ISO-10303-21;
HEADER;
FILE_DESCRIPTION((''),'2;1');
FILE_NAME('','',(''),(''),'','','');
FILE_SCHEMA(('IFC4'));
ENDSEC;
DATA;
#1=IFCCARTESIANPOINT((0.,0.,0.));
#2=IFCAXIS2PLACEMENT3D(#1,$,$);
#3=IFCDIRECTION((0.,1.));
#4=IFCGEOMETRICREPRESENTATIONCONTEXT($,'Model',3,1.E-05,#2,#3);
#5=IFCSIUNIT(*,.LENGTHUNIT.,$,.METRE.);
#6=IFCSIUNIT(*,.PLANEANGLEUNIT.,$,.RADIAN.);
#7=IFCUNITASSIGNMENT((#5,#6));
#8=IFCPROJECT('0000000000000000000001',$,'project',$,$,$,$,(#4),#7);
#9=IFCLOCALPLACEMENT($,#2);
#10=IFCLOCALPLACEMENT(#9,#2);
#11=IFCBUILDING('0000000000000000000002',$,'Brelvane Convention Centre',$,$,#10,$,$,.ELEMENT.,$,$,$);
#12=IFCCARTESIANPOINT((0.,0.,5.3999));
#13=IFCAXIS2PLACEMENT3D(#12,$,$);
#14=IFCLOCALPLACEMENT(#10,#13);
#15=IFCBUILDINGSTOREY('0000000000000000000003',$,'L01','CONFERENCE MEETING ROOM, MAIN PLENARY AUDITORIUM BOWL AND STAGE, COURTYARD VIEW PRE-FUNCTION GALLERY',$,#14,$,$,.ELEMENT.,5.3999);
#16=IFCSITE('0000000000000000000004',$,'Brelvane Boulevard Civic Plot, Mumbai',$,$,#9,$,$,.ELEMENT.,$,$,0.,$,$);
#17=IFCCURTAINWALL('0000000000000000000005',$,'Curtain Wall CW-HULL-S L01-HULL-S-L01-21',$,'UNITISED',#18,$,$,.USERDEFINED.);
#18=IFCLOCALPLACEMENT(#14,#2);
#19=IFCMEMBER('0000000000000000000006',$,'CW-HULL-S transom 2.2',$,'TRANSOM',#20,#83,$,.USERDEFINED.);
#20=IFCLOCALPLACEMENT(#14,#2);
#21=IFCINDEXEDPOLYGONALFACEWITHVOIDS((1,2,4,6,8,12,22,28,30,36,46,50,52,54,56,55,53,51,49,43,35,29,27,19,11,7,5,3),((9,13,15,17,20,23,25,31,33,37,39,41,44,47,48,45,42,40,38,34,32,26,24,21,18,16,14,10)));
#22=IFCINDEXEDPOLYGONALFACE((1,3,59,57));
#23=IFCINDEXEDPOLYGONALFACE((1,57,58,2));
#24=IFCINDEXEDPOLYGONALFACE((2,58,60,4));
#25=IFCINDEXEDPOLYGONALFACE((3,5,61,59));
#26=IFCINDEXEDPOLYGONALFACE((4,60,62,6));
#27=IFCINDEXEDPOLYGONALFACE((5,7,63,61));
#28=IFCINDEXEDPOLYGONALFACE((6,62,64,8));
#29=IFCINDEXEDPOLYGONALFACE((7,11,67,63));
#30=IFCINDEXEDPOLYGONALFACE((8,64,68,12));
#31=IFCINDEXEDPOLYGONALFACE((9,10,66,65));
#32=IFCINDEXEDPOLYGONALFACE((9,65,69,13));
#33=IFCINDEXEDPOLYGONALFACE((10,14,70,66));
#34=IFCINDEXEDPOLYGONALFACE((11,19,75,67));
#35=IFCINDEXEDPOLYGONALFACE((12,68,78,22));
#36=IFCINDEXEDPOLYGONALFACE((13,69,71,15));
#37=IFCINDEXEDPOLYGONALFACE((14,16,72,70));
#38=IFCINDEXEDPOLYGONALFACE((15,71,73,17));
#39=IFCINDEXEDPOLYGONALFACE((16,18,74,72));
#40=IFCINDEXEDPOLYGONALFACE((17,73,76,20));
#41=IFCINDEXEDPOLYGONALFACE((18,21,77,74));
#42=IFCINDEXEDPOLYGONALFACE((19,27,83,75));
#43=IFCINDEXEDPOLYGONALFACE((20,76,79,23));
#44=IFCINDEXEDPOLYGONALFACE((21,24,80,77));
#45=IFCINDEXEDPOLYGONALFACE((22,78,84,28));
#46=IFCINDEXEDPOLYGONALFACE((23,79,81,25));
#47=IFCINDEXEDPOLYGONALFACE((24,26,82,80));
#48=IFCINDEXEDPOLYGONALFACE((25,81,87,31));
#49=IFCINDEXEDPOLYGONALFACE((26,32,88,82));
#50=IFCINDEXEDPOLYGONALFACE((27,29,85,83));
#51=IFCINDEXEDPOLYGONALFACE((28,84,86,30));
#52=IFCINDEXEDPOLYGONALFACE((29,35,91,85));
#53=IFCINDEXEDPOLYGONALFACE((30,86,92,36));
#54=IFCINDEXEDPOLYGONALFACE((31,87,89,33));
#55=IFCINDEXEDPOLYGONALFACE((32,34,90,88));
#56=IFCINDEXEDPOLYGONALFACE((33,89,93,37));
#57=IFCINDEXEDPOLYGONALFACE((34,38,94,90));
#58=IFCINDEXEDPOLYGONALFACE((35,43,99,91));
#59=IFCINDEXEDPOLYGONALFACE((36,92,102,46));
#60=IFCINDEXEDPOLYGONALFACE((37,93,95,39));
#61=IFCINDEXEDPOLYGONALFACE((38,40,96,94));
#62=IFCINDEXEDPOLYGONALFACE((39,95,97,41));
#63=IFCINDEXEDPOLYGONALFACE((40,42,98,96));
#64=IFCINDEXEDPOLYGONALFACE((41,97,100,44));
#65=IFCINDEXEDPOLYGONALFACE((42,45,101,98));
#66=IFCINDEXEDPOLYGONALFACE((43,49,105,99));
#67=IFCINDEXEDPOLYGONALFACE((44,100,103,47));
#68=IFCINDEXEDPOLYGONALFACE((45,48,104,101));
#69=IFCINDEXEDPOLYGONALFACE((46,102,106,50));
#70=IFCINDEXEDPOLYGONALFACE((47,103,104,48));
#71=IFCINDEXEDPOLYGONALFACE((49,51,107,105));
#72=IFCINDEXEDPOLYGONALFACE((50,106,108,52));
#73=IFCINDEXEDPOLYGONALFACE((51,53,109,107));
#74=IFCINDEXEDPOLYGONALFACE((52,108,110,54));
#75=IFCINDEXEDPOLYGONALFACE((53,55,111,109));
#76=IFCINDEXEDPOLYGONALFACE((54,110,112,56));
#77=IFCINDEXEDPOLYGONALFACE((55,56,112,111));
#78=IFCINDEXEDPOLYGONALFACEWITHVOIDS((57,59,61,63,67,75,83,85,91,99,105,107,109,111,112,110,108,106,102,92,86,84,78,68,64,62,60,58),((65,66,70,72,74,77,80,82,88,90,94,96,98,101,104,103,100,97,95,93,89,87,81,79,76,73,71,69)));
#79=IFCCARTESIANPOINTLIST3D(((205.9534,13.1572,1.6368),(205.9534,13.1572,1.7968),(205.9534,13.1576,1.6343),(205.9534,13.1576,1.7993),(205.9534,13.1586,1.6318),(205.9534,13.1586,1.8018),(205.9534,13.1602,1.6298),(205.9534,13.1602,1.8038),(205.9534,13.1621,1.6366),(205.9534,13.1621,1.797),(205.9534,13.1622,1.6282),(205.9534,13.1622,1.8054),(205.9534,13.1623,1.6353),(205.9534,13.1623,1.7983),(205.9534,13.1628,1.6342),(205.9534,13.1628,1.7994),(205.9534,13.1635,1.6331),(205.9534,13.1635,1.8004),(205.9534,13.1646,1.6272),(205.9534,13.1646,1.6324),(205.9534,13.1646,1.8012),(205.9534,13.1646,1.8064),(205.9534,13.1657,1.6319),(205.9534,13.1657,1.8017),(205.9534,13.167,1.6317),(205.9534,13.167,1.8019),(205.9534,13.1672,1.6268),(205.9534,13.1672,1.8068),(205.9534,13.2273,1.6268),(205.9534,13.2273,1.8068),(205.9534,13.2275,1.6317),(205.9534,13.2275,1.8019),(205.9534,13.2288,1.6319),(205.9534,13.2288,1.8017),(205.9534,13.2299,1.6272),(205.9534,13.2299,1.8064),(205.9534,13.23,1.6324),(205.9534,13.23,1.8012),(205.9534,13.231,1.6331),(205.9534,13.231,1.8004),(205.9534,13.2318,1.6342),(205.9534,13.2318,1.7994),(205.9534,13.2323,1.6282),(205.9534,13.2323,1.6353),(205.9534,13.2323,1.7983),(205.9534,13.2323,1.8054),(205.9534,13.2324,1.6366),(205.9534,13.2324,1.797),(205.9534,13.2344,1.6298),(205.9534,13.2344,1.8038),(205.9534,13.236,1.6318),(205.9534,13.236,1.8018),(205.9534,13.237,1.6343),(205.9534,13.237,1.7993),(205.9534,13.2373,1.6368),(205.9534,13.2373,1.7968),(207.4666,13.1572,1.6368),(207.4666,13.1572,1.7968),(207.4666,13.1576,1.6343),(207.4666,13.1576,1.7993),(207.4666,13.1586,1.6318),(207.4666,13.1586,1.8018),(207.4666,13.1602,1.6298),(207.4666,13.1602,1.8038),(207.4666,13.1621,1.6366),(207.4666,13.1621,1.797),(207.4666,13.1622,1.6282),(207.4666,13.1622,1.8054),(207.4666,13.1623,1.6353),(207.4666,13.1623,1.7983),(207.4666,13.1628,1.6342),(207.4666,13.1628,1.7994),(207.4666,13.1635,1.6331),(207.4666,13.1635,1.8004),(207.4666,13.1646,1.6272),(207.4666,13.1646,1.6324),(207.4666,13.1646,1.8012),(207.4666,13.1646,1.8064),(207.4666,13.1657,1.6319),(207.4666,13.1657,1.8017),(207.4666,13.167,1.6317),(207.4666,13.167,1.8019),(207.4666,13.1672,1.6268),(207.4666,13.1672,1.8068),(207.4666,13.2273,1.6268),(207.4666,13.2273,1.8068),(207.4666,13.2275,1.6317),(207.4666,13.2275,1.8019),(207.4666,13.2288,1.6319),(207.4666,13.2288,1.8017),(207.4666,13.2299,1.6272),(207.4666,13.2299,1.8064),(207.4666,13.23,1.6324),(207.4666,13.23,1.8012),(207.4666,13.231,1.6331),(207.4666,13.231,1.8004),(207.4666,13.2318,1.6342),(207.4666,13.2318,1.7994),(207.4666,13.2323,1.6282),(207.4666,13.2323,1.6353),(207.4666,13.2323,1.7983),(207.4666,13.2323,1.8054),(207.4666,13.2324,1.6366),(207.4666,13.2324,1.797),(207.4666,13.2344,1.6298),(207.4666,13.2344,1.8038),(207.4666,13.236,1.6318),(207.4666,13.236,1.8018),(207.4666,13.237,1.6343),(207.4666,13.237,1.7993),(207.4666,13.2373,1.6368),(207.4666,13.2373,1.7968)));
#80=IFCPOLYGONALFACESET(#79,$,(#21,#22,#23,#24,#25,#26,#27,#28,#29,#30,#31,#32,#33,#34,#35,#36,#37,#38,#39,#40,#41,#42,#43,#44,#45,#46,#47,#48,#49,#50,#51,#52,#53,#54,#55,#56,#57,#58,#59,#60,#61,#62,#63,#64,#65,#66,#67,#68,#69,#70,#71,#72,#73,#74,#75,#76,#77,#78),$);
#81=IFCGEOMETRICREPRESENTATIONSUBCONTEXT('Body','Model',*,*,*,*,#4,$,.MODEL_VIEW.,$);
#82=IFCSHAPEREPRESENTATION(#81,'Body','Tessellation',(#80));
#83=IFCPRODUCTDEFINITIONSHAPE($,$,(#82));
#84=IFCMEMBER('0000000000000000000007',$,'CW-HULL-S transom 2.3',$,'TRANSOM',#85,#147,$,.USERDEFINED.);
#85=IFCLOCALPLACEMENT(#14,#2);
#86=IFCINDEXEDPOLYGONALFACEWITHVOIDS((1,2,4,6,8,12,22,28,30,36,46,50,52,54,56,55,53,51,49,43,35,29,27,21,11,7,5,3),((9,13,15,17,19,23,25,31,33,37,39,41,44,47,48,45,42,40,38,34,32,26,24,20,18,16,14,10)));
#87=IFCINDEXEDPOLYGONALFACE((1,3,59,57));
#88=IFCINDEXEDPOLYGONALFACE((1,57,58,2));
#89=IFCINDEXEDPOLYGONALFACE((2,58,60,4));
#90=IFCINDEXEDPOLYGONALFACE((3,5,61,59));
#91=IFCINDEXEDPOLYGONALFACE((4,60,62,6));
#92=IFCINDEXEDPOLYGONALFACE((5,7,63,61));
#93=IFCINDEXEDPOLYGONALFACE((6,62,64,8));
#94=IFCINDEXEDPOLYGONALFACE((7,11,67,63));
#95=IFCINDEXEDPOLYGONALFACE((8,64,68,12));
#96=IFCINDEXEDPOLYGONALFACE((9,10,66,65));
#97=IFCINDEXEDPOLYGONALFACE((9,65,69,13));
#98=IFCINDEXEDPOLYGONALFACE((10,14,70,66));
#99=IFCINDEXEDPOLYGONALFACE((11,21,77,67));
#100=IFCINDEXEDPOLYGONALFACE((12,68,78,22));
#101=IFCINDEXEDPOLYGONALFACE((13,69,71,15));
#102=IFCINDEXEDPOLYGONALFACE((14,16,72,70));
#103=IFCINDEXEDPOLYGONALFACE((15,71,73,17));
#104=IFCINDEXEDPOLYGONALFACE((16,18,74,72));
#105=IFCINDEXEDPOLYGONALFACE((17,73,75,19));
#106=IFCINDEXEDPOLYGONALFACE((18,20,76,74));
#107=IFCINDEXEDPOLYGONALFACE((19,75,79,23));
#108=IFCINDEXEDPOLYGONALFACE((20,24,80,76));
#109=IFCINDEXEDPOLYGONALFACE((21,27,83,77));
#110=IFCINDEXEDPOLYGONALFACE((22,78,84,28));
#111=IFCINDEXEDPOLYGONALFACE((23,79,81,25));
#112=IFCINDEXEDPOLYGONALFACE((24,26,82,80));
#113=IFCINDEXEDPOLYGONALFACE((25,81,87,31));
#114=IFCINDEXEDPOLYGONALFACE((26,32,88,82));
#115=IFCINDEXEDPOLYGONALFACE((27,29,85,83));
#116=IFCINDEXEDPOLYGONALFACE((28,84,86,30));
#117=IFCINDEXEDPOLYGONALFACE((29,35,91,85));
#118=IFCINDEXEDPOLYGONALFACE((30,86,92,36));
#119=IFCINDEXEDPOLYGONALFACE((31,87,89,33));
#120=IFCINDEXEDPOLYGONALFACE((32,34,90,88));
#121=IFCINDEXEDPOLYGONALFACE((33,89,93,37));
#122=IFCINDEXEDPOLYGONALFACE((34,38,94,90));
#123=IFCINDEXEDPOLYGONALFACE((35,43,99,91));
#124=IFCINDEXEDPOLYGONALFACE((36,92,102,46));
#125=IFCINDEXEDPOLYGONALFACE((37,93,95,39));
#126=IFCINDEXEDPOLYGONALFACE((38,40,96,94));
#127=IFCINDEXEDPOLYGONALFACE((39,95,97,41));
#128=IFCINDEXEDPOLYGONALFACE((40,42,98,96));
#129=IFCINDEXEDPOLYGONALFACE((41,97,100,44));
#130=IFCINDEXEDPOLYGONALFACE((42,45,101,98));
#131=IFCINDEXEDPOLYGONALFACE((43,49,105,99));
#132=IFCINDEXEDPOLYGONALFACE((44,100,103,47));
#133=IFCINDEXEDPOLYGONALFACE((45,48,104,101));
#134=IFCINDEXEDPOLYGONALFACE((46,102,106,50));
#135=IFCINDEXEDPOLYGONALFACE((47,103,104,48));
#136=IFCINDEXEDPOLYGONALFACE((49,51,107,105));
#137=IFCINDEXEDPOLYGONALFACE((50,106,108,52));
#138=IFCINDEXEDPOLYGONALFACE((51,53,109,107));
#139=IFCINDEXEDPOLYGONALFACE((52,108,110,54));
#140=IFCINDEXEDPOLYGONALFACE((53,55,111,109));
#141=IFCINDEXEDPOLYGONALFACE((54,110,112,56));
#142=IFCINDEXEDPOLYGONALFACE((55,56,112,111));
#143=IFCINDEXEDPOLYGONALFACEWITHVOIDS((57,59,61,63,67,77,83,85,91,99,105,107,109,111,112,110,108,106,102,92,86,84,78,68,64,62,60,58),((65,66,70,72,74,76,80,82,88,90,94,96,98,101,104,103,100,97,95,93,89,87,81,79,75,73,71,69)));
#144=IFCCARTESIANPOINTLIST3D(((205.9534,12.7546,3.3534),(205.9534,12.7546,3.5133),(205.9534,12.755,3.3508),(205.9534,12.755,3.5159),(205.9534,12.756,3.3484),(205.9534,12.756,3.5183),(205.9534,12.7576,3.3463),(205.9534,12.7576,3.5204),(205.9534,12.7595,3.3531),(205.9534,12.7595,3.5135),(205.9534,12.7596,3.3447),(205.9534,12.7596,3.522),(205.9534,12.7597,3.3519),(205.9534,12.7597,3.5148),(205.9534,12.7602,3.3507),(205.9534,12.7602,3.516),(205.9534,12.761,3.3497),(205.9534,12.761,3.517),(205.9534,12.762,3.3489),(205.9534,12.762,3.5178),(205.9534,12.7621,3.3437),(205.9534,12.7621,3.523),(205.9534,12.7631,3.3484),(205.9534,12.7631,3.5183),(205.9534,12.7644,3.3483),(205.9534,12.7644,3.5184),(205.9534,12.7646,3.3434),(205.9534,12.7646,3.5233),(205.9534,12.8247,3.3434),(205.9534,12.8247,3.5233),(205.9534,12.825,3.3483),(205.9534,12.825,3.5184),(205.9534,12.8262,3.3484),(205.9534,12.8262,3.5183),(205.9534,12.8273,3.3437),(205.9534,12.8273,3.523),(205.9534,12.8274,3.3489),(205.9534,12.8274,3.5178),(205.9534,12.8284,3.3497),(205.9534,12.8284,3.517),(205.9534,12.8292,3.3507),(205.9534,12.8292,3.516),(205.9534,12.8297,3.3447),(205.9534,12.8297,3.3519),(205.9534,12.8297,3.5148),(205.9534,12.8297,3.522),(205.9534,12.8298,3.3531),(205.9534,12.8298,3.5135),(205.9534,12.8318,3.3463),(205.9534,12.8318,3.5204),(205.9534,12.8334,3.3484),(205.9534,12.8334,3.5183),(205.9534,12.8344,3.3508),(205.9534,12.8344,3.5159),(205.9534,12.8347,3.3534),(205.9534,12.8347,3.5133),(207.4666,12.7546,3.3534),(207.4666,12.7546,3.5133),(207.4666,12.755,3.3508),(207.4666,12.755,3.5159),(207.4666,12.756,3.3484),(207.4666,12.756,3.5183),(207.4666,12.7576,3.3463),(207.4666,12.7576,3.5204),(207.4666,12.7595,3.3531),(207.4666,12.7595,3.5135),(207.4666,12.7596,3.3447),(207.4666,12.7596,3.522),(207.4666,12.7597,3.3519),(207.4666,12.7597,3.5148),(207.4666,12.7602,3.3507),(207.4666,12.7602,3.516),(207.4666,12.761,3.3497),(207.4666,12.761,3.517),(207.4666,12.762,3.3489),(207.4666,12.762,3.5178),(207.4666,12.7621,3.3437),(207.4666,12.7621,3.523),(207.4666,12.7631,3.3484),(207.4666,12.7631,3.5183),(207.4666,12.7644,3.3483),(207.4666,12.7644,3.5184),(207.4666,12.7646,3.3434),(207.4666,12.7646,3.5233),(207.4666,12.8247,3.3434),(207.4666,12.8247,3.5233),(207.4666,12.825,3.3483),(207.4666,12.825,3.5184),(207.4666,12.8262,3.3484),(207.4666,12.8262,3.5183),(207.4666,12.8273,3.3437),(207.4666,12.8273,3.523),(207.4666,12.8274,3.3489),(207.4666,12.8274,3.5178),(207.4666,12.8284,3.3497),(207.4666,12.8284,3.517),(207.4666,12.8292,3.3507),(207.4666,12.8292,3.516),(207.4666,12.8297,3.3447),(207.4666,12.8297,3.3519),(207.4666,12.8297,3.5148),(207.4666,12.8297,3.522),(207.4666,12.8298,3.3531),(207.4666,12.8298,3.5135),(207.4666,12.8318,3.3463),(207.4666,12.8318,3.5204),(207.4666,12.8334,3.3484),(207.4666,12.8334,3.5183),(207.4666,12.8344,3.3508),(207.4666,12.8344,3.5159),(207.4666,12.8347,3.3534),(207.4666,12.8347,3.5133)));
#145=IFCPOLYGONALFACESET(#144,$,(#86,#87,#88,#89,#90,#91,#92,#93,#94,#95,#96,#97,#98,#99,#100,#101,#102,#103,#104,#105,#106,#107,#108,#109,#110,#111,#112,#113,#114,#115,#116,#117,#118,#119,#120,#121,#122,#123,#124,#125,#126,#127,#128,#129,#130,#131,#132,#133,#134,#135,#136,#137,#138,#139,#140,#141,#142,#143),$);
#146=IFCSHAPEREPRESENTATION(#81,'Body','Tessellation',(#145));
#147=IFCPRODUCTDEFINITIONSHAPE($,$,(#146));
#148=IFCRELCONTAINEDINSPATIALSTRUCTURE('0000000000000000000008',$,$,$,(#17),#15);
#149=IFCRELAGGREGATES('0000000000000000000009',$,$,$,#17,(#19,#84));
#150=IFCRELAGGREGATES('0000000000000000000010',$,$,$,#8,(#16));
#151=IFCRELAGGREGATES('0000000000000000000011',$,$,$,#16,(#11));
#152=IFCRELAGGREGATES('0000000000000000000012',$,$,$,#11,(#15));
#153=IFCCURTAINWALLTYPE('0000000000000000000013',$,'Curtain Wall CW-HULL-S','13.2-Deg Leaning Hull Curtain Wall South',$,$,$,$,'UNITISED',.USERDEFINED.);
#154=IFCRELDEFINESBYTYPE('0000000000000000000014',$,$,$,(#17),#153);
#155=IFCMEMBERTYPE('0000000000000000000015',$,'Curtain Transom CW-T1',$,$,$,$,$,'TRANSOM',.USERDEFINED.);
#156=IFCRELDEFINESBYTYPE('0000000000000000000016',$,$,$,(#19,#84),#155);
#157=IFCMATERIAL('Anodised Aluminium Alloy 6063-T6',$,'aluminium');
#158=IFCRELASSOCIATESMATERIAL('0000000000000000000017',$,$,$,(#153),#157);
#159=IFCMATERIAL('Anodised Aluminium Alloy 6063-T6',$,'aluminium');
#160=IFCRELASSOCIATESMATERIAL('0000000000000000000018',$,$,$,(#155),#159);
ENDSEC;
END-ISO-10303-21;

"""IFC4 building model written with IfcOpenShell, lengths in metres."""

from ifc_helpers import new_model, si_unit, direction, frame, origin, origin_2d, place, context, subcontext, project, spatial, hollow_rectangle, extrude, material, material_profile, profile_set, type_object, element, aggregate, save


model = new_model("IFC4")

# Units and contexts
model_context = context("Model", 3, precision=1e-05, world=origin(), true_north=direction((0.0, 1.0)))
body_context = subcontext(model_context, "Body", "Model", "MODEL_VIEW")
ifc_project = project(units=[si_unit("LENGTHUNIT", "METRE"), si_unit("PLANEANGLEUNIT", "RADIAN")], contexts=[model_context])

# Site, building, storey
site_placement = place(None, origin())
site = spatial("IfcSite", under=ifc_project, at=site_placement, Name="Brelvane Boulevard Civic Plot, Mumbai", CompositionType="ELEMENT", RefElevation=0.0)
building_placement = place(site_placement, origin())
building = spatial("IfcBuilding", under=site, at=building_placement, Name="Brelvane Convention Centre", CompositionType="ELEMENT")
storey_placement = place(building_placement, frame((0.0, 0.0, 5.3999)))
storey = spatial("IfcBuildingStorey", under=building, at=storey_placement, Name="L01", Description="CONFERENCE MEETING ROOM, MAIN PLENARY AUDITORIUM BOWL AND STAGE, COURTYARD VIEW PRE-FUNCTION GALLERY", CompositionType="ELEMENT", Elevation=5.3999)

# Curtain wall, members
ifc_material_1 = material(Name="Anodised Aluminium Alloy 6063-T6", Category="aluminium")
curtain_wall_type = type_object("IfcCurtainWallType", Name="Curtain Wall CW-HULL-S", Description="13.2-Deg Leaning Hull Curtain Wall South", ElementType="UNITISED", PredefinedType="USERDEFINED", material=ifc_material_1)
curtain_wall_placement = place(storey_placement, origin())
curtain_wall = element("IfcCurtainWall", 1, at=curtain_wall_placement, inside=storey, type_object=curtain_wall_type, Name="Curtain Wall CW-HULL-S L01-HULL-S-L01-21", ObjectType="UNITISED", PredefinedType="USERDEFINED")
ifc_material_2 = material(Name="Anodised Aluminium Alloy 6063-T6", Category="aluminium")
ifc_material_profile = material_profile(ifc_material_2, hollow_rectangle(XDim=0.0801, YDim=0.1799, WallThickness=0.0049, InnerFilletRadius=0.0049, OuterFilletRadius=0.01, at=origin_2d()), Name="ALU-T 180x80x5.0")
ifc_profile_set = profile_set([ifc_material_profile], Name="Anodised Aluminium Alloy 6063-T6")
member_type = type_object("IfcMemberType", Name="Curtain Transom CW-T1", ElementType="TRANSOM", PredefinedType="USERDEFINED", material=ifc_profile_set)
member_1_placement = place(storey_placement, frame((205.9534, 13.1973, 1.7168), z_axis=(1.0, 0.0, 0.0), x_axis=(0.0, 1.0, 0.0)))
member_1 = element("IfcMember", 2, at=member_1_placement, type_object=member_type, Name="CW-HULL-S transom 2.2", ObjectType="TRANSOM", PredefinedType="USERDEFINED", context=body_context, shape_type="SweptSolid", body=[
    extrude(hollow_rectangle(XDim=0.0801, YDim=0.1799, WallThickness=0.0049, InnerFilletRadius=0.0049, OuterFilletRadius=0.01, at=origin_2d()), origin(), (0.0, 0.0, 1.0), 1.5132),
])
member_2_placement = place(storey_placement, frame((205.9534, 12.7947, 3.4333), z_axis=(1.0, 0.0, 0.0), x_axis=(0.0, 1.0, 0.0)))
member_2 = element("IfcMember", 3, at=member_2_placement, type_object=member_type, Name="CW-HULL-S transom 2.3", ObjectType="TRANSOM", PredefinedType="USERDEFINED", context=body_context, shape_type="SweptSolid", body=[
    extrude(hollow_rectangle(XDim=0.0801, YDim=0.1799, WallThickness=0.0049, InnerFilletRadius=0.0049, OuterFilletRadius=0.01, at=origin_2d()), origin(), (0.0, 0.0, 1.0), 1.5132),
])
aggregate(curtain_wall, [member_1, member_2])

save(model, "model.ifc")
